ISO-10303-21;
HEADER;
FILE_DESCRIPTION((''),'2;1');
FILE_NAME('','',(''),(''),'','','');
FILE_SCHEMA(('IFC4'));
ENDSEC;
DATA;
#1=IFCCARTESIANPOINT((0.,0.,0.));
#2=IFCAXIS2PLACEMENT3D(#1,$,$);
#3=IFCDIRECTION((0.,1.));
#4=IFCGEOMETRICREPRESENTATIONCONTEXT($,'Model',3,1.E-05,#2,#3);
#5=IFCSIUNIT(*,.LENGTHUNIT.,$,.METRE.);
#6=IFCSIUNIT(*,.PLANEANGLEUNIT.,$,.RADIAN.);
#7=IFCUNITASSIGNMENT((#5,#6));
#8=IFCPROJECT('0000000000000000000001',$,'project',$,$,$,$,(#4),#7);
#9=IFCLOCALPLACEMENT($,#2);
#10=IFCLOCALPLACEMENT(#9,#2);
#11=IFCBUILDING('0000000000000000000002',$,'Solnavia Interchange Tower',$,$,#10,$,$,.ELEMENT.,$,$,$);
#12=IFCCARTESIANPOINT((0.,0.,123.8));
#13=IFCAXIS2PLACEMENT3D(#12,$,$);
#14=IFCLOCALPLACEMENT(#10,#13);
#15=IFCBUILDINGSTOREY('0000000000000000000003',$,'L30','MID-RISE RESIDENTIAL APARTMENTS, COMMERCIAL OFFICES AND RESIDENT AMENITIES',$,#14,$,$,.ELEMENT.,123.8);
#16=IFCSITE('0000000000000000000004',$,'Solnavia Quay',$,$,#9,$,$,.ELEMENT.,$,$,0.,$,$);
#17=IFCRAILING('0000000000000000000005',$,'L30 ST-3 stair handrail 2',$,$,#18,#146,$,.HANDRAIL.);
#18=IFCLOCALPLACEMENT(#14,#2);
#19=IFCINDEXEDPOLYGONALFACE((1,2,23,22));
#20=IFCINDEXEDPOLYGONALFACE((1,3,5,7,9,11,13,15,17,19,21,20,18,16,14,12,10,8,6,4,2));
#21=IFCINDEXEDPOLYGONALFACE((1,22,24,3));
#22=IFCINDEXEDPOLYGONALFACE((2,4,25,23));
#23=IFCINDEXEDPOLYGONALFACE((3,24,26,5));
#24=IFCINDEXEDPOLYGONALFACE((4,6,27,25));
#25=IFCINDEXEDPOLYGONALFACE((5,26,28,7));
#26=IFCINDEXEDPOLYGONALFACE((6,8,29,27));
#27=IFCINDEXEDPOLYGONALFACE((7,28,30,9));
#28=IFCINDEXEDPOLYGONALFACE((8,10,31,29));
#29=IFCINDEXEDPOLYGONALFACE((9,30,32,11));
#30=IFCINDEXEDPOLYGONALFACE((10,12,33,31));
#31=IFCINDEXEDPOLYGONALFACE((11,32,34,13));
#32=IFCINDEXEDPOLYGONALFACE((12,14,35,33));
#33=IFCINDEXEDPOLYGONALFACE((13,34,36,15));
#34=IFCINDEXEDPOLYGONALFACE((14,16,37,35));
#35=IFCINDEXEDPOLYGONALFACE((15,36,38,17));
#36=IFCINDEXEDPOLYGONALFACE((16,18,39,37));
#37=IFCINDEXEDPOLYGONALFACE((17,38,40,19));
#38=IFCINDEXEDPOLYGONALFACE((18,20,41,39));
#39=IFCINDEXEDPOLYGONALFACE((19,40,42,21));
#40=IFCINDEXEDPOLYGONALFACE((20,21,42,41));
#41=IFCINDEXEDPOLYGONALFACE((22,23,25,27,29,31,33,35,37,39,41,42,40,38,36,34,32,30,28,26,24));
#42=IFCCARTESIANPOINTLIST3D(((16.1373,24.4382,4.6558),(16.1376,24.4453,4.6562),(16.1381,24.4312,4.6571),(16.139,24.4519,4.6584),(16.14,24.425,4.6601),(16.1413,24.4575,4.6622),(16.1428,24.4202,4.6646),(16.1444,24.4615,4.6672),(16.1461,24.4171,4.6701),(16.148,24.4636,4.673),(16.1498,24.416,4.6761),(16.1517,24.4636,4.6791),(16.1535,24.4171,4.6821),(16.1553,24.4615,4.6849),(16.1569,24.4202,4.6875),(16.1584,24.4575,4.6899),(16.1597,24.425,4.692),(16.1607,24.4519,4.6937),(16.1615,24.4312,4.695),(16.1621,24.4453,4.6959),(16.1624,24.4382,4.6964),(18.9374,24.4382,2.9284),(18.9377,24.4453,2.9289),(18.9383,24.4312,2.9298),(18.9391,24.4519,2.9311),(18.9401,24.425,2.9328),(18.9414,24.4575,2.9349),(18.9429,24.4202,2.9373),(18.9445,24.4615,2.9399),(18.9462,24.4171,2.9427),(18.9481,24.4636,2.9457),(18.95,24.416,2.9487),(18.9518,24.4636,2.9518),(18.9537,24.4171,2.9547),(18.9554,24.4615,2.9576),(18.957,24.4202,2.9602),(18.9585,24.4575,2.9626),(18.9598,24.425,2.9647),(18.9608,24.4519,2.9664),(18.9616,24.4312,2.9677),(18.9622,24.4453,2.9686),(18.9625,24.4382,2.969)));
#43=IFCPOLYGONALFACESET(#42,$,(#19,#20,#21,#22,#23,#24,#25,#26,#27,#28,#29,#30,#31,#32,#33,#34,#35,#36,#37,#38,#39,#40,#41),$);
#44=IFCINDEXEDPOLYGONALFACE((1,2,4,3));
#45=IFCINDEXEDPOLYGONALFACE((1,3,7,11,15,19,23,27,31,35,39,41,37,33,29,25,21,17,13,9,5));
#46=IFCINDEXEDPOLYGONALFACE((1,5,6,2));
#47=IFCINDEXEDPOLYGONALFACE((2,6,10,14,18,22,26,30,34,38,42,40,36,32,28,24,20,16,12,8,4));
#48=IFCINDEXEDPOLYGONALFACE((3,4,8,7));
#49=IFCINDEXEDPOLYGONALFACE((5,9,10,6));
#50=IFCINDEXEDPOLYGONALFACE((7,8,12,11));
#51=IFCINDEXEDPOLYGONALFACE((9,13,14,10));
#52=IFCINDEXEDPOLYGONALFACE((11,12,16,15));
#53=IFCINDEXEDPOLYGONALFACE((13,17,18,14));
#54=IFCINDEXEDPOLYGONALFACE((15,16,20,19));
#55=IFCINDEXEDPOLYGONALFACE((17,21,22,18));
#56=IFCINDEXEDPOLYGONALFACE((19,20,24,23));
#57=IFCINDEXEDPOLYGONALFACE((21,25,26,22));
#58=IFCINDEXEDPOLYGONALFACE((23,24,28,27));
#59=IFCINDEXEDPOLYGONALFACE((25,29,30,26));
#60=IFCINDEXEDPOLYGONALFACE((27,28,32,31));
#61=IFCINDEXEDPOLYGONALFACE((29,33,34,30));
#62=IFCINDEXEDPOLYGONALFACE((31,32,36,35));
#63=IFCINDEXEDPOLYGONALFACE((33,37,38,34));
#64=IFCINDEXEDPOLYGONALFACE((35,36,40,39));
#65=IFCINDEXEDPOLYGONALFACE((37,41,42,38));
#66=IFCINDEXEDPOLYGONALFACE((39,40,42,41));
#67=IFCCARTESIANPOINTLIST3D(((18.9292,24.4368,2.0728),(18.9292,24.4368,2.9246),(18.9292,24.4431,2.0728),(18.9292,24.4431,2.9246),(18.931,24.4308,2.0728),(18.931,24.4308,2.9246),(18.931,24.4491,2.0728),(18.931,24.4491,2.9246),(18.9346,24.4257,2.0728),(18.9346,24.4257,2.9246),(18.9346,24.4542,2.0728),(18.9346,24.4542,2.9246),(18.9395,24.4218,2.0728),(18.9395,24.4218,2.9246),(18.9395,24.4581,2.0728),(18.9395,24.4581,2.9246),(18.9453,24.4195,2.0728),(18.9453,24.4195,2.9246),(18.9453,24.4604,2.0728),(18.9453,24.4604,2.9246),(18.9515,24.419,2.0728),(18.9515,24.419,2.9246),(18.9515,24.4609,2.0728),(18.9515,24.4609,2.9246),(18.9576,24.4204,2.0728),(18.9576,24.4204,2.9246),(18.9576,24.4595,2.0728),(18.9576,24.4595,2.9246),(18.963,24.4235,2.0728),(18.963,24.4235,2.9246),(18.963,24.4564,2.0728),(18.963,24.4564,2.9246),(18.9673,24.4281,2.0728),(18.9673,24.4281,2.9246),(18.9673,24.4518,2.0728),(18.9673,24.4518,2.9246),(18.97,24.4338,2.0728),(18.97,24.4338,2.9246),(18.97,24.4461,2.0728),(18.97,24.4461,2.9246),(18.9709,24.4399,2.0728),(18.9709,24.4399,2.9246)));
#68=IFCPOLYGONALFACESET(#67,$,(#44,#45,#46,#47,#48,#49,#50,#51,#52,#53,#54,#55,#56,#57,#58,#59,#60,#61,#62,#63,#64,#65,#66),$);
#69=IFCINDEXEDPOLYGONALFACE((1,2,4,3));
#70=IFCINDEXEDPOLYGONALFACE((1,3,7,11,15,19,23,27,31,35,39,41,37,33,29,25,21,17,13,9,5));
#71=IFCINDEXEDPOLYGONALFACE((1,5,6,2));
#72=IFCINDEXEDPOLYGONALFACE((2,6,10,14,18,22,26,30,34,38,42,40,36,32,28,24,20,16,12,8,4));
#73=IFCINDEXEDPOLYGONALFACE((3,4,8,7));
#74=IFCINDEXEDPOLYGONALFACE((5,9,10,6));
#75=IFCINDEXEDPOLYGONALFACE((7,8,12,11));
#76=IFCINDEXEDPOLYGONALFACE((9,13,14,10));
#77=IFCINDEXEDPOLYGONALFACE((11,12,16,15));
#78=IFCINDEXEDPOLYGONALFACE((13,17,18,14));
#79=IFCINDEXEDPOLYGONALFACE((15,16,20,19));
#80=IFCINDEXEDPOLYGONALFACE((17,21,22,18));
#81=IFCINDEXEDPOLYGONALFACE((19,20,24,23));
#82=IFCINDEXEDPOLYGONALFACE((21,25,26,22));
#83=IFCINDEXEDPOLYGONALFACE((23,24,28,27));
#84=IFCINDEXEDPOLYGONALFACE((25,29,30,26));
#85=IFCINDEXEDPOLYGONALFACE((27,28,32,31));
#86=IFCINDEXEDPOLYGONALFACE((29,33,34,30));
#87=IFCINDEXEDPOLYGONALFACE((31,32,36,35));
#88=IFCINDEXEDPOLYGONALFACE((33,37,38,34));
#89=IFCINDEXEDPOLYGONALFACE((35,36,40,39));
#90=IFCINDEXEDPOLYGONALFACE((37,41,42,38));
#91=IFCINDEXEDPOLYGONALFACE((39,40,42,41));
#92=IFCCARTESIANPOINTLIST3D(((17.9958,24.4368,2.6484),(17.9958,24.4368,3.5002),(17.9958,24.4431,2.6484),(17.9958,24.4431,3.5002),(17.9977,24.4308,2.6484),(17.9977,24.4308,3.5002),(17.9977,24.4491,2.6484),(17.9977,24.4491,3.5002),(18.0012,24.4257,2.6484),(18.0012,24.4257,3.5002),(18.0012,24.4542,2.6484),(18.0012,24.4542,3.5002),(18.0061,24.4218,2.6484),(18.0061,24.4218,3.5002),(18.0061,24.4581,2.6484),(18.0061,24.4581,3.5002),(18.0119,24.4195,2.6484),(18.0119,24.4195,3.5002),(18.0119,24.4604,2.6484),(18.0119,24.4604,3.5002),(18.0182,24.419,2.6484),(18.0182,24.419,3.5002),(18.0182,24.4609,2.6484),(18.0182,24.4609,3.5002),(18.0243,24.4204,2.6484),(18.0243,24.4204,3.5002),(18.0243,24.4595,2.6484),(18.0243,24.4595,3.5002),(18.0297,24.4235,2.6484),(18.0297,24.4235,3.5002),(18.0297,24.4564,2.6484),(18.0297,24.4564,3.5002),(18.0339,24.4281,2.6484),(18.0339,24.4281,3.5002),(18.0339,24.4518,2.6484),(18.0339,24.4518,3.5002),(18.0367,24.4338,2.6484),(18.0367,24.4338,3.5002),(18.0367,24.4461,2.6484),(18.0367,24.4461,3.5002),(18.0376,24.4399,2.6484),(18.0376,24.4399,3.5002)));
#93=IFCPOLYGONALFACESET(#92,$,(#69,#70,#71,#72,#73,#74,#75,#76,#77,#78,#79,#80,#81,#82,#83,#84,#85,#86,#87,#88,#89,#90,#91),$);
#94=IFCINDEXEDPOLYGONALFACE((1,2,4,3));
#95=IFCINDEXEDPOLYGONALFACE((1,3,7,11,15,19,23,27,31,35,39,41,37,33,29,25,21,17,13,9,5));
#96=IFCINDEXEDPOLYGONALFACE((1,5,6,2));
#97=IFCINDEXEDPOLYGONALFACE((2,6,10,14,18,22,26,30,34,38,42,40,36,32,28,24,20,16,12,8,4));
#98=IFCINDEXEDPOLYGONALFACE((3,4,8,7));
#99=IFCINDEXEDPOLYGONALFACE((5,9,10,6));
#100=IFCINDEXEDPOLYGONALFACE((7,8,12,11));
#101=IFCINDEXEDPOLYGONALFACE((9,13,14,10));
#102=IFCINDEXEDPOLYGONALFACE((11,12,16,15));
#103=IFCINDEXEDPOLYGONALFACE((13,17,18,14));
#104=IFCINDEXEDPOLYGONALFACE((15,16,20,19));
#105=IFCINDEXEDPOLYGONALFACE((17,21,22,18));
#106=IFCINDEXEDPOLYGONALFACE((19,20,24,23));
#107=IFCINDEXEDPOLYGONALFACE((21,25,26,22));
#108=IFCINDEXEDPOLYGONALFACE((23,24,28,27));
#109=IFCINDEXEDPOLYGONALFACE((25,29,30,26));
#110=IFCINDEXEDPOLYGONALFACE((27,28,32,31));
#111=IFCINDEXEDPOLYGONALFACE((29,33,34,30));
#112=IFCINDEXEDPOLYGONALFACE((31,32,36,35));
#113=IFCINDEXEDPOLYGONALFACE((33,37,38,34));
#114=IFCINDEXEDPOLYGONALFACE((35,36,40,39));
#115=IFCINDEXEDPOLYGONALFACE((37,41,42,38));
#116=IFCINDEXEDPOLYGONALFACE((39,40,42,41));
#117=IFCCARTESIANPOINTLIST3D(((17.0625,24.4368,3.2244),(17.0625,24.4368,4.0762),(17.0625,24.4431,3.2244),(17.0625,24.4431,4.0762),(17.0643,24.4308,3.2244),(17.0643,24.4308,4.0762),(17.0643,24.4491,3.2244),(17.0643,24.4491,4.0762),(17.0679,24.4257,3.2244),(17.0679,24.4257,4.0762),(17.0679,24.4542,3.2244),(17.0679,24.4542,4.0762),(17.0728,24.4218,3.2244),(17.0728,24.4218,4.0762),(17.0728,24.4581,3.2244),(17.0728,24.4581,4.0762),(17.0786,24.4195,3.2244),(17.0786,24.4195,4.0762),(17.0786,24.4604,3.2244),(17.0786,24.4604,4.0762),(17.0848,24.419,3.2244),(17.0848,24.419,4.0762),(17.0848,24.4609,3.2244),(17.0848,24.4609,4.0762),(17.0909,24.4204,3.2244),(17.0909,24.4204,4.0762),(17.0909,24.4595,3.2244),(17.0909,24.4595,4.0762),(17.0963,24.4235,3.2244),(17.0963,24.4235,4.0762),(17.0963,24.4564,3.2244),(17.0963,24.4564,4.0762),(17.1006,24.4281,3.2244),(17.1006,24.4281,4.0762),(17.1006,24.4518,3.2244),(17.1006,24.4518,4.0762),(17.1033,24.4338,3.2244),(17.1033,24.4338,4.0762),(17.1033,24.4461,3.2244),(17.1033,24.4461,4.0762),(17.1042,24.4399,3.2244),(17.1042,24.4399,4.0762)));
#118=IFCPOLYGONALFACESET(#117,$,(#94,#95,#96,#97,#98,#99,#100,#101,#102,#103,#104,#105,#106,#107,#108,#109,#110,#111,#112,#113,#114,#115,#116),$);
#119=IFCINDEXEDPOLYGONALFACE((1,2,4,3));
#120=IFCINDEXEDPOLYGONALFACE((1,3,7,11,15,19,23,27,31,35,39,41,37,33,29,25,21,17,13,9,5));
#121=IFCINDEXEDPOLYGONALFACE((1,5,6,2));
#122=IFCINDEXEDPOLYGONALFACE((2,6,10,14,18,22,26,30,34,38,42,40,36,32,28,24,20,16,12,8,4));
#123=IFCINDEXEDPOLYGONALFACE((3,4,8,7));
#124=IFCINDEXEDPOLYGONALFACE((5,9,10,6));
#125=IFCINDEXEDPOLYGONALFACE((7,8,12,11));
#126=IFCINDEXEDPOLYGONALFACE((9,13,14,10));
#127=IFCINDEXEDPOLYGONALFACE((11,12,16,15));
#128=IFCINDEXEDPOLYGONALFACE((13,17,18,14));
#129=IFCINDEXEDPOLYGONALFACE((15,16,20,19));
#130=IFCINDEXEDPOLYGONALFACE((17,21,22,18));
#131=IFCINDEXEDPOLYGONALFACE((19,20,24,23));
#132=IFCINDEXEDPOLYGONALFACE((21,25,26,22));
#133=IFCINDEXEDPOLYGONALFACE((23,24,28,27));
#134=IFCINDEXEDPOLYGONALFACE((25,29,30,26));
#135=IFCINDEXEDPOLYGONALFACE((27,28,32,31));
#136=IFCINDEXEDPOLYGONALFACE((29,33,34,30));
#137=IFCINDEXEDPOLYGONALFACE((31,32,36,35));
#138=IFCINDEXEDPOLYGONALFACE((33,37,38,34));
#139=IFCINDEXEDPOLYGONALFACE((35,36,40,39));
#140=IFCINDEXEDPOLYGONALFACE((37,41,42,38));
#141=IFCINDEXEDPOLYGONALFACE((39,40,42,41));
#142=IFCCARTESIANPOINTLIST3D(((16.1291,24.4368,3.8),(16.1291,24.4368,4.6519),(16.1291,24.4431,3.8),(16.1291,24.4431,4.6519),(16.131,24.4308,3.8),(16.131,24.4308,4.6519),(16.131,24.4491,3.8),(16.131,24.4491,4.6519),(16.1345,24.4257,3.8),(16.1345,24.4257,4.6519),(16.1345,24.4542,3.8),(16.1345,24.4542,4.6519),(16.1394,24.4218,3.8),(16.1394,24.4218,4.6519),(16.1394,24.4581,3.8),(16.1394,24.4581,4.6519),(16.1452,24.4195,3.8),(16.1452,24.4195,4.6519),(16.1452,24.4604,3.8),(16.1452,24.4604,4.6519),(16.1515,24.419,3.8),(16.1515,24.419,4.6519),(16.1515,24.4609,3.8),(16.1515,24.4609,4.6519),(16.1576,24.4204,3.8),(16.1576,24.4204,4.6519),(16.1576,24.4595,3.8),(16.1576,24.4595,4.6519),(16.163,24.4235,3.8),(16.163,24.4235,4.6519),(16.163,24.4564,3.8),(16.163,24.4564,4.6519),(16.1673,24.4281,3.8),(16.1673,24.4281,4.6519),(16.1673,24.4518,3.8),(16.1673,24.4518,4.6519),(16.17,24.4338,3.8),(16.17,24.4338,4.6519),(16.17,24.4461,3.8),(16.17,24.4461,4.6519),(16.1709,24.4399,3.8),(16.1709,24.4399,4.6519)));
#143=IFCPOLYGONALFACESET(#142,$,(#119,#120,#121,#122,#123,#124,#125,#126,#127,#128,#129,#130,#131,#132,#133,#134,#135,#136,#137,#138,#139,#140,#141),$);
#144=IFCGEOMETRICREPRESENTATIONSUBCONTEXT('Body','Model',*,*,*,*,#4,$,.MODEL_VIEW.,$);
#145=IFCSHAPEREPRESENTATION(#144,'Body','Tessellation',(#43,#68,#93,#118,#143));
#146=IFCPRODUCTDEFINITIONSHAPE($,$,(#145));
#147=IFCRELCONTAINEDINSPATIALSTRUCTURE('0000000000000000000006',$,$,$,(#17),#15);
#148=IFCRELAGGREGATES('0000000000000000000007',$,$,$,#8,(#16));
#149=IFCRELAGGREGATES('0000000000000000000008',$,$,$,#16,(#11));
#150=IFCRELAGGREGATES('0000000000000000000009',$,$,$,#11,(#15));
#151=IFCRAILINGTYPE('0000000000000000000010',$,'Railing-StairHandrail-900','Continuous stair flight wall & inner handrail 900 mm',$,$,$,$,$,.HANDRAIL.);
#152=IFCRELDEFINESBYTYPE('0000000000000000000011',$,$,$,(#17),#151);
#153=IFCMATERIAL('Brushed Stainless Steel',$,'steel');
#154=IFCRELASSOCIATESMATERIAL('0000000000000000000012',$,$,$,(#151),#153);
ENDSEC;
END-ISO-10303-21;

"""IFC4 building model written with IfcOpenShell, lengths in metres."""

from ifc_helpers import new_model, si_unit, direction, frame, origin, origin_2d, place, context, subcontext, project, spatial, circle, extrude, material, type_object, element, save


model = new_model("IFC4")

# Units and contexts
model_context = context("Model", 3, precision=1e-05, world=origin(), true_north=direction((0.0, 1.0)))
body_context = subcontext(model_context, "Body", "Model", "MODEL_VIEW")
ifc_project = project(units=[si_unit("LENGTHUNIT", "METRE"), si_unit("PLANEANGLEUNIT", "RADIAN")], contexts=[model_context])

# Site, building, storey
site_placement = place(None, origin())
site = spatial("IfcSite", under=ifc_project, at=site_placement, Name="Solnavia Quay", CompositionType="ELEMENT", RefElevation=0.0)
building_placement = place(site_placement, origin())
building = spatial("IfcBuilding", under=site, at=building_placement, Name="Solnavia Interchange Tower", CompositionType="ELEMENT")
storey_placement = place(building_placement, frame((0.0, 0.0, 123.8)))
storey = spatial("IfcBuildingStorey", under=building, at=storey_placement, Name="L30", Description="MID-RISE RESIDENTIAL APARTMENTS, COMMERCIAL OFFICES AND RESIDENT AMENITIES", CompositionType="ELEMENT", Elevation=123.8)

# Railing
ifc_material_1 = material(Name="Brushed Stainless Steel", Category="steel")
railing_type_1 = type_object("IfcRailingType", Name="Railing-StairHandrail-900", Description="Continuous stair flight wall & inner handrail 900 mm", PredefinedType="HANDRAIL", material=ifc_material_1)
railing_1_placement = place(storey_placement, frame((18.95, 24.4399, 2.0728)))
element("IfcRailing", 1, at=railing_1_placement, inside=storey, type_object=railing_type_1, Name="L30 ST-3 stair handrail 2", PredefinedType="HANDRAIL", context=body_context, shape_type="SweptSolid", body=[
    extrude(circle(Radius=0.0239, at=origin_2d()), frame((0.0, 0.0, 0.876), z_axis=(-0.85109, 0.0, 0.52502), x_axis=(0.0, -1.0, 0.0)), (0.0, 0.0, 1.0), 3.29),
    extrude(circle(Radius=0.021, at=origin_2d()), origin(), (0.0, 0.0, 1.0), 0.8518),
    extrude(circle(Radius=0.021, at=origin_2d()), frame((-0.9333, 0.0, 0.5757)), (0.0, 0.0, 1.0), 0.8518),
    extrude(circle(Radius=0.021, at=origin_2d()), frame((-1.8667, 0.0, 1.1516)), (0.0, 0.0, 1.0), 0.8518),
    extrude(circle(Radius=0.021, at=origin_2d()), frame((-2.8, 0.0, 1.7273)), (0.0, 0.0, 1.0), 0.8518),
])

save(model, "model.ifc")
